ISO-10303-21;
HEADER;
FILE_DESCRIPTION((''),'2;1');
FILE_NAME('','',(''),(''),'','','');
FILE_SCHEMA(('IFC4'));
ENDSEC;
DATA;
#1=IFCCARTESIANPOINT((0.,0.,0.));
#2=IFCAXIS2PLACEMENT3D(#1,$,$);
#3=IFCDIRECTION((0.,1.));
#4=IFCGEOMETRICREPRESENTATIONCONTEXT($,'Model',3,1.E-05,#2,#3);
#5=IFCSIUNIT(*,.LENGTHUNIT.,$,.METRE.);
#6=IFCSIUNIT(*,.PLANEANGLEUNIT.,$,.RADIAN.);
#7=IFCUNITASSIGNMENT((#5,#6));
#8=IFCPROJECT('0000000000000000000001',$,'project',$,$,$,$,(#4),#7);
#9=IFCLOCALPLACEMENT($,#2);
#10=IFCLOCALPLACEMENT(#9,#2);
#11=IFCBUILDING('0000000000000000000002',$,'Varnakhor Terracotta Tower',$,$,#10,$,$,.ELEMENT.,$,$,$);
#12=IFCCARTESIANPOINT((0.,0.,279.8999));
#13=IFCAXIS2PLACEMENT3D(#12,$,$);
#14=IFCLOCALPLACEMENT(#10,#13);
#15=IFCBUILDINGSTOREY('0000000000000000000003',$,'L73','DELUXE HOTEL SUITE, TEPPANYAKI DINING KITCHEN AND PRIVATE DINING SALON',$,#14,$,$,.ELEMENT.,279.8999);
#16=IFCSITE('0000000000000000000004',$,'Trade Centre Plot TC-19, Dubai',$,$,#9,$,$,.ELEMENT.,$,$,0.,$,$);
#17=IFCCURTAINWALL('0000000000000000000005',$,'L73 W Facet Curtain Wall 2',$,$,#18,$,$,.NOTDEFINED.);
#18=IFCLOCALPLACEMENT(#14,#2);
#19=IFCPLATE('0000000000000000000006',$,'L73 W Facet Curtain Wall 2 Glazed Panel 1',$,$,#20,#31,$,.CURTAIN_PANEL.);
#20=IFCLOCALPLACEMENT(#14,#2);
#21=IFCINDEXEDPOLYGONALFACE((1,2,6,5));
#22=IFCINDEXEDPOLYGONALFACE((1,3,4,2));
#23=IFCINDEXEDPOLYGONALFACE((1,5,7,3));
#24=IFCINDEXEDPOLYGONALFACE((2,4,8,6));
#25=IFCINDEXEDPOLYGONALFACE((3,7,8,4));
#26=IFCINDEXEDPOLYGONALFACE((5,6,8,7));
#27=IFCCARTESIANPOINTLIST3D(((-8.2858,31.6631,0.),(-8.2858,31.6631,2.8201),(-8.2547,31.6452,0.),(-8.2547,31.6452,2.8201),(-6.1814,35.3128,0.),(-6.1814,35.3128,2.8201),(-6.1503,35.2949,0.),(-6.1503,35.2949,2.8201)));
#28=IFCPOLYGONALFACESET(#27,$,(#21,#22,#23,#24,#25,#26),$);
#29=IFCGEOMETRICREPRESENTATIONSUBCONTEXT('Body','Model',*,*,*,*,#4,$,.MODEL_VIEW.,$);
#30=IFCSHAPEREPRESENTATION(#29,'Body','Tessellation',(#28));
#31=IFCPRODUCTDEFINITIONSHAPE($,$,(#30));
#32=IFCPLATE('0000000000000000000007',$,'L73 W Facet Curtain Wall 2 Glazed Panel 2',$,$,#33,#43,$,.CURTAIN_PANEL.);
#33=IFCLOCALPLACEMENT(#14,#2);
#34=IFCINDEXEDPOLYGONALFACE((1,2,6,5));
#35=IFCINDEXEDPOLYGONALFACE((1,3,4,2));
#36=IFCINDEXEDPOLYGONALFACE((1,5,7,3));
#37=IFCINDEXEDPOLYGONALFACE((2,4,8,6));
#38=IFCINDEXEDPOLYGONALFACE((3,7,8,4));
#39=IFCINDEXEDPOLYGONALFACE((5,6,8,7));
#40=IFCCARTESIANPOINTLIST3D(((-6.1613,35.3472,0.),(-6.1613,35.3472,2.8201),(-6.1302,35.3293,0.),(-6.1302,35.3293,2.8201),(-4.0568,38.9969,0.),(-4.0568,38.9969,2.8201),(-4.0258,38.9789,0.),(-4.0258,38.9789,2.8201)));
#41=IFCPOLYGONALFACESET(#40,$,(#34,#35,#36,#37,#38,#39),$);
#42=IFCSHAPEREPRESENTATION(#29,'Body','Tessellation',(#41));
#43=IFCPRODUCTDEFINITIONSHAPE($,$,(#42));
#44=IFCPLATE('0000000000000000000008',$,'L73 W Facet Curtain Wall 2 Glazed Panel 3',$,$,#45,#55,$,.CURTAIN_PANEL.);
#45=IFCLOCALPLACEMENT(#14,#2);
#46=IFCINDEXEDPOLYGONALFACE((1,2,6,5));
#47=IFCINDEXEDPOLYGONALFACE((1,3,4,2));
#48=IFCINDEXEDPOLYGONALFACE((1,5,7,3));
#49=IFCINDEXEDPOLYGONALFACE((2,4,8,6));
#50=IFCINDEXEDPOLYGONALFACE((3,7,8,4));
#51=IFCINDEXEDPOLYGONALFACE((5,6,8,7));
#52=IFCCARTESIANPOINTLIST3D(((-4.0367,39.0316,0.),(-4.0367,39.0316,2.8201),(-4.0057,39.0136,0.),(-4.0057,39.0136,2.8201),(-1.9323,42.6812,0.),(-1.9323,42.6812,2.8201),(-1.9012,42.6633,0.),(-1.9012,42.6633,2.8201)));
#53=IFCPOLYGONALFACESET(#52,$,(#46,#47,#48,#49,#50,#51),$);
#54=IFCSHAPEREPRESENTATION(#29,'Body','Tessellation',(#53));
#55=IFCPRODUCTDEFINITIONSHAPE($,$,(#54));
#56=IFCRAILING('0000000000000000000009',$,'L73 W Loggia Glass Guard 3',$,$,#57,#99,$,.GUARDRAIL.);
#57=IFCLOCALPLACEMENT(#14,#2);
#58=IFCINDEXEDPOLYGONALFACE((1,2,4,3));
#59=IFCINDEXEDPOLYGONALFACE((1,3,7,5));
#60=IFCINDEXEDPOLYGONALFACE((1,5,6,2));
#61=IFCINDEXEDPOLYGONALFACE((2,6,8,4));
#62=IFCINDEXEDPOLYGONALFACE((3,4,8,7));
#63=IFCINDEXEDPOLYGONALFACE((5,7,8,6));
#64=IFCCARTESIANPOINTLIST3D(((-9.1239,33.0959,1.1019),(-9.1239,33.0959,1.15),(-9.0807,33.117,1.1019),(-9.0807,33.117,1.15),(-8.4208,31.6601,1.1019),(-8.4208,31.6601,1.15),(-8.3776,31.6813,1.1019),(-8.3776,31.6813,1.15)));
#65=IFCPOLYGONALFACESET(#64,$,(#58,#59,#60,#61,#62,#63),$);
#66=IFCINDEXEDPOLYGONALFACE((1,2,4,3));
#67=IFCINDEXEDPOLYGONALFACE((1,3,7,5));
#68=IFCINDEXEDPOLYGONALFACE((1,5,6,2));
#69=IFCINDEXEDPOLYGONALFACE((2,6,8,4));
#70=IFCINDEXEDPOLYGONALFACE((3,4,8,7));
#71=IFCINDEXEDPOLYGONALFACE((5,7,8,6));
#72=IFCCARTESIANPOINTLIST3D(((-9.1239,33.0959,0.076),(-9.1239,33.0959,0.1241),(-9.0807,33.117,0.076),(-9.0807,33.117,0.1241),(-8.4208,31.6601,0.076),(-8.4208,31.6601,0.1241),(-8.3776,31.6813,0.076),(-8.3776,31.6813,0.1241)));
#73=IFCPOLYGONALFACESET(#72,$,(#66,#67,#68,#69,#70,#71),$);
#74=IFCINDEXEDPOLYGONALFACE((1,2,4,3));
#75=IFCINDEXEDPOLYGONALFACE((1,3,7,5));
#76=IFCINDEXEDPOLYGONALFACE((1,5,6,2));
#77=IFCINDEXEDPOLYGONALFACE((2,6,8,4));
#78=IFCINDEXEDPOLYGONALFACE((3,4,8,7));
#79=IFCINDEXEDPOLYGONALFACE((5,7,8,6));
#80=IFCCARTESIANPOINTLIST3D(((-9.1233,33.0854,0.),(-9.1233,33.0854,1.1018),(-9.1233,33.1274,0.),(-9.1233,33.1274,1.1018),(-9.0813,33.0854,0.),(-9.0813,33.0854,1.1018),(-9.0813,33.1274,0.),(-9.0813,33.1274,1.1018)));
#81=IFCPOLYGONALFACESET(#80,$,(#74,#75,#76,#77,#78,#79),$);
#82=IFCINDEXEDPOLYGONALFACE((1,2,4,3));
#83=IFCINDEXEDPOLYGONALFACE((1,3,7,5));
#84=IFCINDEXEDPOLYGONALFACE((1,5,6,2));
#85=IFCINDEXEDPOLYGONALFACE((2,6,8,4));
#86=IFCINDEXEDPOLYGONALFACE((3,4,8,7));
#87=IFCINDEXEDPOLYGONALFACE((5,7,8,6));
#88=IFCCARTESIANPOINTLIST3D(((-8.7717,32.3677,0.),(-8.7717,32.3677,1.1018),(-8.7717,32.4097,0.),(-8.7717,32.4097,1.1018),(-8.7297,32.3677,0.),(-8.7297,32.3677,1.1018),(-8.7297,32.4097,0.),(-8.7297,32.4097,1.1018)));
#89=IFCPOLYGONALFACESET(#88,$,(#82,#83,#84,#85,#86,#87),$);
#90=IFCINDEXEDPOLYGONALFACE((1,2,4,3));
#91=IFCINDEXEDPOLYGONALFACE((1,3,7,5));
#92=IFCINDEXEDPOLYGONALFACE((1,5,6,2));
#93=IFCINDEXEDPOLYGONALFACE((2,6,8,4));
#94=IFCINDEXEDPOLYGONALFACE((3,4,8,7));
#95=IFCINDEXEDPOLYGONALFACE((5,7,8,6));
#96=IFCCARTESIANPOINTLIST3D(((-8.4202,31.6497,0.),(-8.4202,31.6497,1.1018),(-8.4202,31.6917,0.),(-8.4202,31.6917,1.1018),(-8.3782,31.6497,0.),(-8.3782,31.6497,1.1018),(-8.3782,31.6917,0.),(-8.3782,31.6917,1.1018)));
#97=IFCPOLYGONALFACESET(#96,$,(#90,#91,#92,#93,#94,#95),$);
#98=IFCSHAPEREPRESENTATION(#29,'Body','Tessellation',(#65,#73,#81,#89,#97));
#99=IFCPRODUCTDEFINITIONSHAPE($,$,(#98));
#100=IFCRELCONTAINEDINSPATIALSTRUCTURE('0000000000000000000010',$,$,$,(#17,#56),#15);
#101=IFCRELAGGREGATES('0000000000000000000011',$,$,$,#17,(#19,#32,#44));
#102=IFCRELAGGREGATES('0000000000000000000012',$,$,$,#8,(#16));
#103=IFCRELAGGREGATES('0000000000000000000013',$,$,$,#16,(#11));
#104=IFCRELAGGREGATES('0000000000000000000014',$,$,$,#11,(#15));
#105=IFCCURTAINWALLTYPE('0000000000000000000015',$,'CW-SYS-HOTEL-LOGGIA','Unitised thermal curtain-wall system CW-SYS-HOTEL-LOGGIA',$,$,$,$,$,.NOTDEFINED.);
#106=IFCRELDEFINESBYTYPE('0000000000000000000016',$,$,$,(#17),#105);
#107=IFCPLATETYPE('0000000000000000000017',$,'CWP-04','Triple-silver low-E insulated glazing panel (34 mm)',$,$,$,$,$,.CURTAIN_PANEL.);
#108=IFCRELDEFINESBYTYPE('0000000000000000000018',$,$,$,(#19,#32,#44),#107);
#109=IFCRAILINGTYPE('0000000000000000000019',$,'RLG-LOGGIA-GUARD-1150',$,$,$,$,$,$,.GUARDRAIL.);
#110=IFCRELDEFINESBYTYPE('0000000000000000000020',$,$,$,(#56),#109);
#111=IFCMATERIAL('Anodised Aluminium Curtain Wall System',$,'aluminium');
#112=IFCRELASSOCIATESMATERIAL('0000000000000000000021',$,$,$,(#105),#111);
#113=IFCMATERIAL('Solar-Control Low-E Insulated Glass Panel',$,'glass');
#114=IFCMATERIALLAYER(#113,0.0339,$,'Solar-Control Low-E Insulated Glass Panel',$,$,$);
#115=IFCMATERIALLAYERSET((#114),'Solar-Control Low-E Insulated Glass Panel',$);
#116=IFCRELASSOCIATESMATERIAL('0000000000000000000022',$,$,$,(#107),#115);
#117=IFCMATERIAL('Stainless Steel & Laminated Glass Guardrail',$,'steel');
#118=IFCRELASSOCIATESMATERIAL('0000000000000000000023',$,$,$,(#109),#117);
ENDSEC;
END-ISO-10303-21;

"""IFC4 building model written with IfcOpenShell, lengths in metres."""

from ifc_helpers import new_model, si_unit, direction, frame, origin, origin_2d, place, context, subcontext, project, spatial, rectangle, extrude, source, transform, mapped, material, layer, layer_set, type_object, element, aggregate, save


model = new_model("IFC4")

# Units and contexts
model_context = context("Model", 3, precision=1e-05, world=origin(), true_north=direction((0.0, 1.0)))
body_context = subcontext(model_context, "Body", "Model", "MODEL_VIEW")
ifc_project = project(units=[si_unit("LENGTHUNIT", "METRE"), si_unit("PLANEANGLEUNIT", "RADIAN")], contexts=[model_context])

# Site, building, storey
site_placement = place(None, origin())
site = spatial("IfcSite", under=ifc_project, at=site_placement, Name="Trade Centre Plot TC-19, Dubai", CompositionType="ELEMENT", RefElevation=0.0)
building_placement = place(site_placement, origin())
building = spatial("IfcBuilding", under=site, at=building_placement, Name="Varnakhor Terracotta Tower", CompositionType="ELEMENT")
storey_placement = place(building_placement, frame((0.0, 0.0, 279.8999)))
storey = spatial("IfcBuildingStorey", under=building, at=storey_placement, Name="L73", Description="DELUXE HOTEL SUITE, TEPPANYAKI DINING KITCHEN AND PRIVATE DINING SALON", CompositionType="ELEMENT", Elevation=279.8999)

# Curtain wall
ifc_material_1 = material(Name="Anodised Aluminium Curtain Wall System", Category="aluminium")
curtain_wall_type = type_object("IfcCurtainWallType", Name="CW-SYS-HOTEL-LOGGIA", Description="Unitised thermal curtain-wall system CW-SYS-HOTEL-LOGGIA", PredefinedType="NOTDEFINED", material=ifc_material_1)
curtain_wall_placement = place(storey_placement, origin())
curtain_wall = element("IfcCurtainWall", 1, at=curtain_wall_placement, inside=storey, type_object=curtain_wall_type, Name="L73 W Facet Curtain Wall 2", PredefinedType="NOTDEFINED")

# Plates
ifc_material_2 = material(Name="Solar-Control Low-E Insulated Glass Panel", Category="glass")
ifc_layer = layer(ifc_material_2, 0.0339, Name="Solar-Control Low-E Insulated Glass Panel")
ifc_layer_set = layer_set([ifc_layer], Name="Solar-Control Low-E Insulated Glass Panel")
plate_type = type_object("IfcPlateType", Name="CWP-04", Description="Triple-silver low-E insulated glazing panel (34 mm)", PredefinedType="CURTAIN_PANEL", material=ifc_layer_set)
shared_shape_1 = source(origin(), body_context, "Body", "SweptSolid", [
    extrude(rectangle(XDim=4.2129, YDim=0.0359, at=origin_2d()), origin(), (0.0, 0.0, 1.0), 2.8201),
])
plate_1_placement = place(storey_placement, frame((-7.218, 33.479, 0.0), z_axis=(0.0, 0.0, 1.0), x_axis=(0.499516, 0.866305, 0.0)))
plate_1 = element("IfcPlate", 2, at=plate_1_placement, type_object=plate_type, Name="L73 W Facet Curtain Wall 2 Glazed Panel 1", PredefinedType="CURTAIN_PANEL", context=body_context, shape_type="MappedRepresentation", body=[
    mapped(shared_shape_1, transform((0.0, 0.0, 0.0), scale=1.0)),
])
plate_2_placement = place(storey_placement, frame((-5.0935, 37.1631, 0.0), z_axis=(0.0, 0.0, 1.0), x_axis=(0.499516, 0.866305, 0.0)))
plate_2 = element("IfcPlate", 3, at=plate_2_placement, type_object=plate_type, Name="L73 W Facet Curtain Wall 2 Glazed Panel 2", PredefinedType="CURTAIN_PANEL", context=body_context, shape_type="MappedRepresentation", body=[
    mapped(shared_shape_1, transform((0.0, 0.0, 0.0), scale=1.0)),
])
plate_3_placement = place(storey_placement, frame((-2.969, 40.8474, 0.0), z_axis=(0.0, 0.0, 1.0), x_axis=(0.499516, 0.866305, 0.0)))
plate_3 = element("IfcPlate", 4, at=plate_3_placement, type_object=plate_type, Name="L73 W Facet Curtain Wall 2 Glazed Panel 3", PredefinedType="CURTAIN_PANEL", context=body_context, shape_type="MappedRepresentation", body=[
    mapped(shared_shape_1, transform((0.0, 0.0, 0.0), scale=1.0)),
])
aggregate(curtain_wall, [plate_1, plate_2, plate_3])

# Railing
ifc_material_3 = material(Name="Stainless Steel & Laminated Glass Guardrail", Category="steel")
railing_type = type_object("IfcRailingType", Name="RLG-LOGGIA-GUARD-1150", PredefinedType="GUARDRAIL", material=ifc_material_3)
railing_placement = place(storey_placement, frame((-9.1023, 33.1064, 0.0)))
element("IfcRailing", 5, at=railing_placement, inside=storey, type_object=railing_type, Name="L73 W Loggia Glass Guard 3", PredefinedType="GUARDRAIL", context=body_context, shape_type="SweptSolid", body=[
    extrude(rectangle(XDim=0.0481, YDim=0.0481, at=origin_2d()), frame((0.0, 0.0, 1.126), z_axis=(0.439807, -0.898092, 0.0), x_axis=(0.898092, 0.439807, 0.0)), (0.0, 0.0, 1.0), 1.5986),
    extrude(rectangle(XDim=0.0481, YDim=0.0481, at=origin_2d()), frame((0.0, 0.0, 0.1001), z_axis=(0.439807, -0.898092, 0.0), x_axis=(0.898092, 0.439807, 0.0)), (0.0, 0.0, 1.0), 1.5986),
    extrude(rectangle(XDim=0.042, YDim=0.042, at=origin_2d()), origin(), (0.0, 0.0, 1.0), 1.1018),
    extrude(rectangle(XDim=0.042, YDim=0.042, at=origin_2d()), frame((0.3516, -0.7178, 0.0)), (0.0, 0.0, 1.0), 1.1018),
    extrude(rectangle(XDim=0.042, YDim=0.042, at=origin_2d()), frame((0.7031, -1.4358, 0.0)), (0.0, 0.0, 1.0), 1.1018),
])

save(model, "model.ifc")
